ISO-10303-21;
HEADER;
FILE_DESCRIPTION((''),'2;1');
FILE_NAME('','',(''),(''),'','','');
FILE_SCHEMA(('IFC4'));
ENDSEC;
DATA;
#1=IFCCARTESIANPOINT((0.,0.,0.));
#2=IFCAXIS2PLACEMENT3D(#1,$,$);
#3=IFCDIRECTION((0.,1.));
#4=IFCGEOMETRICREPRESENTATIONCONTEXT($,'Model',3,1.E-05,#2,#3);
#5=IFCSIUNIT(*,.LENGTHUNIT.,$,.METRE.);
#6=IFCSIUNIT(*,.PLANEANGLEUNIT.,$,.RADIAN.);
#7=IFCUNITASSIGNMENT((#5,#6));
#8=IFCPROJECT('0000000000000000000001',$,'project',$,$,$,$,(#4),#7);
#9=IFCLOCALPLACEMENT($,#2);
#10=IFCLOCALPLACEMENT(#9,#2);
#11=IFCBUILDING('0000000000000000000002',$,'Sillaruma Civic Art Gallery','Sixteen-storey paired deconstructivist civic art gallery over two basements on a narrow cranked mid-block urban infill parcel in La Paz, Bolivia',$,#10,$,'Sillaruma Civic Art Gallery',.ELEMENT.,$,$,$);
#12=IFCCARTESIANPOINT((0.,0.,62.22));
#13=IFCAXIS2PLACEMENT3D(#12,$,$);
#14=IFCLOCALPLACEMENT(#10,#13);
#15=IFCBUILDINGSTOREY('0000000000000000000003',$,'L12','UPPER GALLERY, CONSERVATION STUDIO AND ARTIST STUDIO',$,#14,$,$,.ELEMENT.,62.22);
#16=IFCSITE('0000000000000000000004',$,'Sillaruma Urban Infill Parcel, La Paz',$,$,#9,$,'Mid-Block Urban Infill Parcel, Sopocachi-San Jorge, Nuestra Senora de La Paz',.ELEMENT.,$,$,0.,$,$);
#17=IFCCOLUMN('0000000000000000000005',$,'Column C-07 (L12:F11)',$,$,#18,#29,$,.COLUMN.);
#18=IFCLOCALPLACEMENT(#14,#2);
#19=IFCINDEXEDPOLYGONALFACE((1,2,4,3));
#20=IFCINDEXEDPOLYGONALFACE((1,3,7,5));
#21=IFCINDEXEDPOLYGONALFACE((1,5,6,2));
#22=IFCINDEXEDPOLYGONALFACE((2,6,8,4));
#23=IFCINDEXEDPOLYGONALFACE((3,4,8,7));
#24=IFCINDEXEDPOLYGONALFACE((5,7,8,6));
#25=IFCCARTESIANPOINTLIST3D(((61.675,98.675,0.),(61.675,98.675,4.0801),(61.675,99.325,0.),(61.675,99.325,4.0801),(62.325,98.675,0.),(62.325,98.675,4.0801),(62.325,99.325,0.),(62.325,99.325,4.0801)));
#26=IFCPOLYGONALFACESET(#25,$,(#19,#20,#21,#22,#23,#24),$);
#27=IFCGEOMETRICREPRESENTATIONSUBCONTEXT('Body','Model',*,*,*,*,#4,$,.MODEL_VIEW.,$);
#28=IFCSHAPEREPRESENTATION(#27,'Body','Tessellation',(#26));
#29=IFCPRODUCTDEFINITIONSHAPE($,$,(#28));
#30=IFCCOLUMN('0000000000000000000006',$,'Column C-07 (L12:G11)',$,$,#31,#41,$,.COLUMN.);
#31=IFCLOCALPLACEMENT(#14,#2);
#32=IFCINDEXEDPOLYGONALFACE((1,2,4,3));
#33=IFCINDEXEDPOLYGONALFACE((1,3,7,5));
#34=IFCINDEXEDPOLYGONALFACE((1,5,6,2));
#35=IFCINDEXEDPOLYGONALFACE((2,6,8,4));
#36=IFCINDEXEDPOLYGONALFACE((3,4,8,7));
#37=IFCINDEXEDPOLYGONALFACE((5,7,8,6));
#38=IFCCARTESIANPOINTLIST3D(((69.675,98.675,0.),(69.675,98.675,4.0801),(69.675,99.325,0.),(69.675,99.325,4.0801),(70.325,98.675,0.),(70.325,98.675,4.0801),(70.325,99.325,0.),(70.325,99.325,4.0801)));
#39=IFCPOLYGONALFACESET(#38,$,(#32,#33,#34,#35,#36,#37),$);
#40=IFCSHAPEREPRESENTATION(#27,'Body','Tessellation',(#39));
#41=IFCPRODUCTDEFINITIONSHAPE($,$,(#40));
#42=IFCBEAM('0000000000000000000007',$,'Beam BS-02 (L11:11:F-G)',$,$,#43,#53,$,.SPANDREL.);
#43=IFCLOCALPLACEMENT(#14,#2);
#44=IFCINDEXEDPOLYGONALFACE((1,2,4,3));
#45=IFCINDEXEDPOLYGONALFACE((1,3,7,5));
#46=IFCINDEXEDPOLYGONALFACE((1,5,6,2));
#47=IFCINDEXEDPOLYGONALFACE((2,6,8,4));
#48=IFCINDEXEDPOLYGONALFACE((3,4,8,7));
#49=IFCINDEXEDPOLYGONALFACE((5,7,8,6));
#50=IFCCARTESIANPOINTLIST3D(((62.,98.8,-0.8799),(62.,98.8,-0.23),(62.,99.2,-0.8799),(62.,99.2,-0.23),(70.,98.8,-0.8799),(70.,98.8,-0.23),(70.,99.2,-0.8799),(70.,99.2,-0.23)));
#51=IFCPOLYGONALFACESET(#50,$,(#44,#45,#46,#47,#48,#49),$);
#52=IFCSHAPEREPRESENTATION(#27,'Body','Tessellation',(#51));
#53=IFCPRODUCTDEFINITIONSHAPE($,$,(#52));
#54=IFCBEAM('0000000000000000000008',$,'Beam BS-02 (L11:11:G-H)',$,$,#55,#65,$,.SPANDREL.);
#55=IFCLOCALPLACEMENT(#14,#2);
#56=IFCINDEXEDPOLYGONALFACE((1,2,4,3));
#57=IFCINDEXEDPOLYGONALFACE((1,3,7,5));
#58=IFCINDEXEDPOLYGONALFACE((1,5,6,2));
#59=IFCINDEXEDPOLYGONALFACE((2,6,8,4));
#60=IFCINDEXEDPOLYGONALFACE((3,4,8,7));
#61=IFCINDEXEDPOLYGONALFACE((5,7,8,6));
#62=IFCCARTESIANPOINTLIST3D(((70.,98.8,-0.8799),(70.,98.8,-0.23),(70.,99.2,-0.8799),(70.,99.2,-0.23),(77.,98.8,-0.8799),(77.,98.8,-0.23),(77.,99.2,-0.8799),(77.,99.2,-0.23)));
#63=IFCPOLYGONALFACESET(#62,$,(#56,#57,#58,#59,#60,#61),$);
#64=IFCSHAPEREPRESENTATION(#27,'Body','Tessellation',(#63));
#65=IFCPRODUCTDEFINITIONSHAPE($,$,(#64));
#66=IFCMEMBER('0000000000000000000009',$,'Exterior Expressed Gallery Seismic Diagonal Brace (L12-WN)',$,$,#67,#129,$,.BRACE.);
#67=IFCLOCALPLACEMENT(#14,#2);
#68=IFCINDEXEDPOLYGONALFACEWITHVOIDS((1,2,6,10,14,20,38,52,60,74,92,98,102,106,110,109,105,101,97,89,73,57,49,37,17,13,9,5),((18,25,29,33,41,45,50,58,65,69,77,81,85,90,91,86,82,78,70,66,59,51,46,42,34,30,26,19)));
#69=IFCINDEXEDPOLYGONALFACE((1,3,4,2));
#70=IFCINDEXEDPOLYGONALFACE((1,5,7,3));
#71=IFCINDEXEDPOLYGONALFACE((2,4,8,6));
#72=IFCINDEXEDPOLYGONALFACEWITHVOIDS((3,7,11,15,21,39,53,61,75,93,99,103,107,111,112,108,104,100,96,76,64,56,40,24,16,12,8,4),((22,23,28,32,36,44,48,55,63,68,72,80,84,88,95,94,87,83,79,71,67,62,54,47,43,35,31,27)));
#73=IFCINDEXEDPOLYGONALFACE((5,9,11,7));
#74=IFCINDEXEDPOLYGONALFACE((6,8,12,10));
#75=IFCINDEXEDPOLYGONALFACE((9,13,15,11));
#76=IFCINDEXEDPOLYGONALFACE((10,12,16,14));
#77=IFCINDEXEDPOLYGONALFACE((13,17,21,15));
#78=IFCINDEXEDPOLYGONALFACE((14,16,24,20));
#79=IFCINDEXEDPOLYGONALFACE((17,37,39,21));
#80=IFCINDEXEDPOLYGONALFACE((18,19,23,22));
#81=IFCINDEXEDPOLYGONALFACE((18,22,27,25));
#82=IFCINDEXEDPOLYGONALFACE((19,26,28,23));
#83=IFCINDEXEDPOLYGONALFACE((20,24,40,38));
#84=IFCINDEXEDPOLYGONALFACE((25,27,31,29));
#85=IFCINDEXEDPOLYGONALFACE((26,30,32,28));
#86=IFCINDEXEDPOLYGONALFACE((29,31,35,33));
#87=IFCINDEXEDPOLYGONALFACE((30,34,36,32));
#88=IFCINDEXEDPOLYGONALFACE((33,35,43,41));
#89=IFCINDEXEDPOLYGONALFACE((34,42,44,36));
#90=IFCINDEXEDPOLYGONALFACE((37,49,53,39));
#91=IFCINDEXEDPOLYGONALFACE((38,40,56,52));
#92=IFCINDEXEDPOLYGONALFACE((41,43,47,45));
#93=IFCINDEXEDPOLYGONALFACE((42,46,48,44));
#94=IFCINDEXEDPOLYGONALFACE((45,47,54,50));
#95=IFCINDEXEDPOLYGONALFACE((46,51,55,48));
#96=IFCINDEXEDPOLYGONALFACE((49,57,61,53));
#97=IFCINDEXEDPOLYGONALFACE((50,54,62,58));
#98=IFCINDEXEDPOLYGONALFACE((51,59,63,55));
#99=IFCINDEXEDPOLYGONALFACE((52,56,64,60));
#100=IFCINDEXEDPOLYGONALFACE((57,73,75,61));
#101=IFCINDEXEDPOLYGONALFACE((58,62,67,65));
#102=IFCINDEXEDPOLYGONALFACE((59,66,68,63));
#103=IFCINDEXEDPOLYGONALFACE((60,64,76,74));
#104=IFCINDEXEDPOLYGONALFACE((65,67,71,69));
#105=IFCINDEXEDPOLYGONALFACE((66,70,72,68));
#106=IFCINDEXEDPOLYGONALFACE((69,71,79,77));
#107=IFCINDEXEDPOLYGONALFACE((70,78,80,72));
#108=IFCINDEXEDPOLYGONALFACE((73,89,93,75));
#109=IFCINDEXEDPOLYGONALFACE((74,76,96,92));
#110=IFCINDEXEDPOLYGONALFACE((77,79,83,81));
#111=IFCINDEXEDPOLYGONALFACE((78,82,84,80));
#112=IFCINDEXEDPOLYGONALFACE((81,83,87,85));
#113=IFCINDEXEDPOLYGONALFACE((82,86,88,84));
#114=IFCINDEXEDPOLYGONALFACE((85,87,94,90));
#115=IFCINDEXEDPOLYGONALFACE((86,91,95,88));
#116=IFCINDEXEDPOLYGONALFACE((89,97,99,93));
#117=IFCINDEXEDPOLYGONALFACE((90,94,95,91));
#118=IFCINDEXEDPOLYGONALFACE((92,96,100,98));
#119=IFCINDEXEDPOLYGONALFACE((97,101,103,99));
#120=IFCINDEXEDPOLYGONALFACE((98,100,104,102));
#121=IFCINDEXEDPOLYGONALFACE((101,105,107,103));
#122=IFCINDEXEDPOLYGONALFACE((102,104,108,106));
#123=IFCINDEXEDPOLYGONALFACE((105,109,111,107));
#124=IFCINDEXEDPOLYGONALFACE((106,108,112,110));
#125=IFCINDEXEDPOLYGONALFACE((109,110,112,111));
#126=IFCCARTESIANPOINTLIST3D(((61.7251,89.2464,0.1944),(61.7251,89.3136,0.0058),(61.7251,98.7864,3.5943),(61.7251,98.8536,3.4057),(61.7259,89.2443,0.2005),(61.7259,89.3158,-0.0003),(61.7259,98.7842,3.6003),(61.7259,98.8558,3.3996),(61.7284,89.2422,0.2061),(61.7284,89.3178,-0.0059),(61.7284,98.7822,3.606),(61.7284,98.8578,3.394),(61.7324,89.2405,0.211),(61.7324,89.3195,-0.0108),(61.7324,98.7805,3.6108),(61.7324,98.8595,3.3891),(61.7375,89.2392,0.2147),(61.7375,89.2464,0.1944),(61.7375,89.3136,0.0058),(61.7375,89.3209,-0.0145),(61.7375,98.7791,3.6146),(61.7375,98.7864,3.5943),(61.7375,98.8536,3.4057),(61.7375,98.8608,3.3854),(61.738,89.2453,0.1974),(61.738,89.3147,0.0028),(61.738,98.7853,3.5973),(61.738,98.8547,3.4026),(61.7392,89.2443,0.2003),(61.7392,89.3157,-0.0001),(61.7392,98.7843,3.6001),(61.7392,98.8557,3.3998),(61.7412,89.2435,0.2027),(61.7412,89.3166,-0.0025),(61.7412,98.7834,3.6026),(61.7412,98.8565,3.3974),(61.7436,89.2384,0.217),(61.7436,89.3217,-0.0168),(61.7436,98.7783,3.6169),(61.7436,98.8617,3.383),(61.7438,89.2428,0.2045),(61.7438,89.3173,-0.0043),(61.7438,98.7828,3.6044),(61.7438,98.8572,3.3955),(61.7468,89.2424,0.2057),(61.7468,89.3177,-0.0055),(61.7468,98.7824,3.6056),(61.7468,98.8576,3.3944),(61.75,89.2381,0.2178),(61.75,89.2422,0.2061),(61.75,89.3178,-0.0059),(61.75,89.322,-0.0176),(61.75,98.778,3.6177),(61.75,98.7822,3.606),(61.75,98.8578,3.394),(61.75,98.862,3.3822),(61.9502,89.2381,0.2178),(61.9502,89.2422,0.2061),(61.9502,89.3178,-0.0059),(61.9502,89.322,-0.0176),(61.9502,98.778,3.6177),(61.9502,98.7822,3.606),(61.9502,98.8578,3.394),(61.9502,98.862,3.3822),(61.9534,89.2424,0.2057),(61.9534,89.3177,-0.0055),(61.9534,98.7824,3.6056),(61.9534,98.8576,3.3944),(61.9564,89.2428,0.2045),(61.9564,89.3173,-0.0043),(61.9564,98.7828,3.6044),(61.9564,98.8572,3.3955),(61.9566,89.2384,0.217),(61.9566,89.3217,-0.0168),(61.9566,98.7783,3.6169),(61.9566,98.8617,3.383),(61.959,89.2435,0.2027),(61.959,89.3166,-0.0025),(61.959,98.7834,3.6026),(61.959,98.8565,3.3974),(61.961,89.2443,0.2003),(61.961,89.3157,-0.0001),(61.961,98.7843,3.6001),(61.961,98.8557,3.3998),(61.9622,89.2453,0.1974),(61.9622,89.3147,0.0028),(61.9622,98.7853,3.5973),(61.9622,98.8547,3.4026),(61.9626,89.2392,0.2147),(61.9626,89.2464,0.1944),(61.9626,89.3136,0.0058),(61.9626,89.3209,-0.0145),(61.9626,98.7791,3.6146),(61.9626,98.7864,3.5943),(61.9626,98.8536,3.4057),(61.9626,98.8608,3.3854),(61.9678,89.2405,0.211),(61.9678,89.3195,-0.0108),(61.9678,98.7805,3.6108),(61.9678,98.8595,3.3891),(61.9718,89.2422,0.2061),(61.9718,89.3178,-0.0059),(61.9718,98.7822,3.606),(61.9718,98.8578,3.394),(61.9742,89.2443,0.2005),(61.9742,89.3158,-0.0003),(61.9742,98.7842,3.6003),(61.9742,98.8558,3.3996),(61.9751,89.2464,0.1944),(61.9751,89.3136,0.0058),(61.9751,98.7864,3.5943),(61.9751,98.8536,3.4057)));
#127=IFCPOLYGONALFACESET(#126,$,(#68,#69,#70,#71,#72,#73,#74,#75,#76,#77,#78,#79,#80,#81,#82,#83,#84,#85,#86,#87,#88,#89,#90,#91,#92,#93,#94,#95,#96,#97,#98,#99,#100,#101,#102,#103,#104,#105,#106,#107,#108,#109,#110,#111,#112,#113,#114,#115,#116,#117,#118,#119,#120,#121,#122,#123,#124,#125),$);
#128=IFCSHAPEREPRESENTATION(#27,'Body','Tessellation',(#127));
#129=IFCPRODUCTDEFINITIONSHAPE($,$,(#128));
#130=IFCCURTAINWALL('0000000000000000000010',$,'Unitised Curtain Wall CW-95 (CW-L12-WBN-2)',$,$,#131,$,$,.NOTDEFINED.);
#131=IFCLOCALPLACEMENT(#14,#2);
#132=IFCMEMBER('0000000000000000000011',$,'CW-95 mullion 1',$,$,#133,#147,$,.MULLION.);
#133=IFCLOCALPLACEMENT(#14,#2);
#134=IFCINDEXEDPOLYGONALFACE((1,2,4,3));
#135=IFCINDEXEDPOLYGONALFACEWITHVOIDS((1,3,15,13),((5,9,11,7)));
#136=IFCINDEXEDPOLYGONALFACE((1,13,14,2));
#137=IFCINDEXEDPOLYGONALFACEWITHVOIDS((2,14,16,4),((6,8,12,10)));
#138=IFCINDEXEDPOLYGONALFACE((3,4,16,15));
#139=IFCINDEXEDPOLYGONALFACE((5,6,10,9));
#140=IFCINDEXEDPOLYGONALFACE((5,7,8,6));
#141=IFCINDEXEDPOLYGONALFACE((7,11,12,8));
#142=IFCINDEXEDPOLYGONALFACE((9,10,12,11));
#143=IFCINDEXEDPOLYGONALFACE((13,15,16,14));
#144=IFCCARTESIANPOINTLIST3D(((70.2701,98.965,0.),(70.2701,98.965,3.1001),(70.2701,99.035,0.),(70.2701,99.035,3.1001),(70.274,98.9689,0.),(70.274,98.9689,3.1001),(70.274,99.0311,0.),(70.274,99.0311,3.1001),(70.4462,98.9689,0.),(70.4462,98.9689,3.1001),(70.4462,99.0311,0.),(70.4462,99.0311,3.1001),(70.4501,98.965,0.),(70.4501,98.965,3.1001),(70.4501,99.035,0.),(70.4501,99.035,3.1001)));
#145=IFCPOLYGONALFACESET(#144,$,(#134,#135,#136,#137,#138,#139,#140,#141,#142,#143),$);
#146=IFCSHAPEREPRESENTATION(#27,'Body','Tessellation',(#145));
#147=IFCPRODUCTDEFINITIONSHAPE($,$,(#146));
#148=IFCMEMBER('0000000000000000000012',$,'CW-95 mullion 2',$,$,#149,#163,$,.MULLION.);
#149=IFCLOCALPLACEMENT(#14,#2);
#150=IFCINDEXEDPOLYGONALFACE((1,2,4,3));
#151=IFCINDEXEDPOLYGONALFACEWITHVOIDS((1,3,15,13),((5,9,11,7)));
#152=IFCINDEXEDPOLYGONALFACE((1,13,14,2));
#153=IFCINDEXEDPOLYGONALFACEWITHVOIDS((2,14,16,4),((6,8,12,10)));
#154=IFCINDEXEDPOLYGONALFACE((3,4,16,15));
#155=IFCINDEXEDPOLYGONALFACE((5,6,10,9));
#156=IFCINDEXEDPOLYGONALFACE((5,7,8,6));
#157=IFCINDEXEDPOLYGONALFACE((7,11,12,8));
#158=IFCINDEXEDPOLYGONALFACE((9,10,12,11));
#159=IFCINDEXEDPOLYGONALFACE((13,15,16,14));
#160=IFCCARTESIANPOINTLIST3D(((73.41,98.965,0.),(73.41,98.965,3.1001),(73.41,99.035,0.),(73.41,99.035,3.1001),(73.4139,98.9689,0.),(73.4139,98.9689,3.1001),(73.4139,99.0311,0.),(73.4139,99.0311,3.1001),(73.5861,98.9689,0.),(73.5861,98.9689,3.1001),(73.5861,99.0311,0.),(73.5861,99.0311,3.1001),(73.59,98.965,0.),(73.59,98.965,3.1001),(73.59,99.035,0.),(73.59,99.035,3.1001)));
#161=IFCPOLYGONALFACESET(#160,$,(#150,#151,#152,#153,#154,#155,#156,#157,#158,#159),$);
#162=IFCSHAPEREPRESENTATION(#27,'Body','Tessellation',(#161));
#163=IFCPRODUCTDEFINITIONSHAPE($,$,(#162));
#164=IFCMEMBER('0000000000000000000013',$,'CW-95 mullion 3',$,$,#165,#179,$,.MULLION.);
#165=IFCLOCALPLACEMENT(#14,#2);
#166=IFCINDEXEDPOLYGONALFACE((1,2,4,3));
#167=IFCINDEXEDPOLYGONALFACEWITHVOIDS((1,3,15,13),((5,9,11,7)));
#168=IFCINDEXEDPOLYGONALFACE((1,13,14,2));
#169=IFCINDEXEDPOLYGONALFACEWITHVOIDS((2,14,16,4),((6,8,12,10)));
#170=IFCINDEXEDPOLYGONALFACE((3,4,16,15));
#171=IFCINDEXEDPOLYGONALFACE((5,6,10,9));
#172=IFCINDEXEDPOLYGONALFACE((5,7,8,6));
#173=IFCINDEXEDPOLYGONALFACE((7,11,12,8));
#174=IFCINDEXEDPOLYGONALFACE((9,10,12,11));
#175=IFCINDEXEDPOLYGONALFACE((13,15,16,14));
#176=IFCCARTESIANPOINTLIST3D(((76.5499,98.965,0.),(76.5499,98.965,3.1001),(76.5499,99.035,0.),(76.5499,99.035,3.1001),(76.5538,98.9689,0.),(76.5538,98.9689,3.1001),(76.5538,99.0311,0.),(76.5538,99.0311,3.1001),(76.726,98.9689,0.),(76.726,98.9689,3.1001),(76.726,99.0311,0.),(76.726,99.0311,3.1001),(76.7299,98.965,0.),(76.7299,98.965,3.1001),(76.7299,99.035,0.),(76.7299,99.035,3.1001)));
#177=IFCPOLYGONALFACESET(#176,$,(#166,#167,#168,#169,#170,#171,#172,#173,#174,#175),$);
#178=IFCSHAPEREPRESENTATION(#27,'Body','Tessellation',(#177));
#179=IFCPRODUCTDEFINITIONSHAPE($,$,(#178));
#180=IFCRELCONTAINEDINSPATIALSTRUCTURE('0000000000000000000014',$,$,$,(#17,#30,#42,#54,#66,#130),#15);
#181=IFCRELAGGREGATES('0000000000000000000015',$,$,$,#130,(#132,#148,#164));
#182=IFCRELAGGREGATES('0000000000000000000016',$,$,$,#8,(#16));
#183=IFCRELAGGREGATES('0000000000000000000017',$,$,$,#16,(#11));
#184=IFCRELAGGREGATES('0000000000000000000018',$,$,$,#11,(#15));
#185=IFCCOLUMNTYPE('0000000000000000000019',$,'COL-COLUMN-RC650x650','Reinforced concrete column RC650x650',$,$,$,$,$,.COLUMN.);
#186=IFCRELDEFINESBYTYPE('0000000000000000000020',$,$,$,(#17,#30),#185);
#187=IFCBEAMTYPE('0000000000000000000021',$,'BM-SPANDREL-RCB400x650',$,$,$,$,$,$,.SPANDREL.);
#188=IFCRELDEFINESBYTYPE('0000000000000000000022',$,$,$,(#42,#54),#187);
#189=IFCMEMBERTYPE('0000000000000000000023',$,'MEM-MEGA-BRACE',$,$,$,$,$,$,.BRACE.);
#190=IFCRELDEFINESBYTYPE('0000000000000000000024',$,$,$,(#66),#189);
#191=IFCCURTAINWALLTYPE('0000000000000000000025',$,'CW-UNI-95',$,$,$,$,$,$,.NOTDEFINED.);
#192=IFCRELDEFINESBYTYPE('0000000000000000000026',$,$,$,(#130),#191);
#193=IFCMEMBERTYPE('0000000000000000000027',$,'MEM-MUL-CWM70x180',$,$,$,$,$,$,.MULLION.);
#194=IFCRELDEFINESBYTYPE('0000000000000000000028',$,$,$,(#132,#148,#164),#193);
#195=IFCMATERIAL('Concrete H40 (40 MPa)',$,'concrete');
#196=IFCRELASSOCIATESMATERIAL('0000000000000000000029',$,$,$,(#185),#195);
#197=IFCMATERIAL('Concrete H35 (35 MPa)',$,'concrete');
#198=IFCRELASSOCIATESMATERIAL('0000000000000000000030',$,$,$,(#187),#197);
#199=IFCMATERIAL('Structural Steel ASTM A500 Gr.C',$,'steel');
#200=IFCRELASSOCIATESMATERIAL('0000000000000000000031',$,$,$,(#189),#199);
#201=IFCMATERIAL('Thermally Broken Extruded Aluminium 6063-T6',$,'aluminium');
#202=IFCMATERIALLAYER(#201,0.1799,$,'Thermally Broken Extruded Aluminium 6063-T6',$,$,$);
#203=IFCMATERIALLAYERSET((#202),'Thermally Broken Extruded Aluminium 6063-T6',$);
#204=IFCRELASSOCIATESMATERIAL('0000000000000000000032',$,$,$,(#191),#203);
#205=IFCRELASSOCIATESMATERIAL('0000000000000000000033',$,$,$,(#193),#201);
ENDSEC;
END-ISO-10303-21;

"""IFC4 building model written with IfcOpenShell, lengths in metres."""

from ifc_helpers import new_model, si_unit, direction, frame, origin, origin_2d, place, context, subcontext, project, spatial, rectangle, hollow_rectangle, extrude, material, layer, layer_set, material_profile, profile_set, type_object, element, aggregate, save


model = new_model("IFC4")

# Units and contexts
model_context = context("Model", 3, precision=1e-05, world=origin(), true_north=direction((0.0, 1.0)))
body_context = subcontext(model_context, "Body", "Model", "MODEL_VIEW")
ifc_project = project(units=[si_unit("LENGTHUNIT", "METRE"), si_unit("PLANEANGLEUNIT", "RADIAN")], contexts=[model_context])

# Site, building, storey
site_placement = place(None, origin())
site = spatial("IfcSite", under=ifc_project, at=site_placement, Name="Sillaruma Urban Infill Parcel, La Paz", LongName="Mid-Block Urban Infill Parcel, Sopocachi-San Jorge, Nuestra Senora de La Paz", CompositionType="ELEMENT", RefElevation=0.0)
building_placement = place(site_placement, origin())
building = spatial("IfcBuilding", under=site, at=building_placement, Name="Sillaruma Civic Art Gallery", Description="Sixteen-storey paired deconstructivist civic art gallery over two basements on a narrow cranked mid-block urban infill parcel in La Paz, Bolivia", LongName="Sillaruma Civic Art Gallery", CompositionType="ELEMENT")
storey_placement = place(building_placement, frame((0.0, 0.0, 62.22)))
storey = spatial("IfcBuildingStorey", under=building, at=storey_placement, Name="L12", Description="UPPER GALLERY, CONSERVATION STUDIO AND ARTIST STUDIO", CompositionType="ELEMENT", Elevation=62.22)

# Columns
ifc_material_1 = material(Name="Concrete H40 (40 MPa)", Category="concrete")
ifc_material_profile_1 = material_profile(ifc_material_1, rectangle(XDim=0.6499, YDim=0.6499, at=origin_2d()), Name="RC650x650")
ifc_profile_set_1 = profile_set([ifc_material_profile_1], Name="Concrete H40 (40 MPa)")
column_type = type_object("IfcColumnType", Name="COL-COLUMN-RC650x650", Description="Reinforced concrete column RC650x650", PredefinedType="COLUMN", material=ifc_profile_set_1)
for number, where, z_axis, x_axis, name in (
    (1, (62.0, 99.0, 0.0), (0.0, 0.0, 1.0), (1.0, 0.0, 0.0), "Column C-07 (L12:F11)"),
    (2, (70.0, 99.0, 0.0), (0.0, 0.0, 1.0), (1.0, 0.0, 0.0), "Column C-07 (L12:G11)"),
):
    element("IfcColumn", number, at=place(storey_placement, frame(where, z_axis=z_axis, x_axis=x_axis)), inside=storey, type_object=column_type, Name=name, PredefinedType="COLUMN", context=body_context, shape_type="SweptSolid", body=[
        extrude(rectangle(XDim=0.6499, YDim=0.6499, at=origin_2d()), origin(), (0.0, 0.0, 1.0), 4.0801),
    ])

# Beams
ifc_material_2 = material(Name="Concrete H35 (35 MPa)", Category="concrete")
ifc_material_profile_2 = material_profile(ifc_material_2, rectangle(XDim=0.3999, YDim=0.6499, at=origin_2d()), Name="RCB400x650")
ifc_profile_set_2 = profile_set([ifc_material_profile_2], Name="Concrete H35 (35 MPa)")
beam_type = type_object("IfcBeamType", Name="BM-SPANDREL-RCB400x650", PredefinedType="SPANDREL", material=ifc_profile_set_2)
beam_1_placement = place(storey_placement, frame((62.0, 99.0, -0.5549), z_axis=(1.0, 0.0, 0.0), x_axis=(0.0, 1.0, 0.0)))
element("IfcBeam", 3, at=beam_1_placement, inside=storey, type_object=beam_type, Name="Beam BS-02 (L11:11:F-G)", PredefinedType="SPANDREL", context=body_context, shape_type="SweptSolid", body=[
    extrude(rectangle(XDim=0.3999, YDim=0.6499, at=origin_2d()), origin(), (0.0, 0.0, 1.0), 8.0),
])
beam_2_placement = place(storey_placement, frame((70.0, 99.0, -0.5549), z_axis=(1.0, 0.0, 0.0), x_axis=(0.0, 1.0, 0.0)))
element("IfcBeam", 4, at=beam_2_placement, inside=storey, type_object=beam_type, Name="Beam BS-02 (L11:11:G-H)", PredefinedType="SPANDREL", context=body_context, shape_type="SweptSolid", body=[
    extrude(rectangle(XDim=0.3999, YDim=0.6499, at=origin_2d()), origin(), (0.0, 0.0, 1.0), 7.0),
])

# Member
ifc_material_3 = material(Name="Structural Steel ASTM A500 Gr.C", Category="steel")
ifc_material_profile_3 = material_profile(ifc_material_3, hollow_rectangle(XDim=0.25, YDim=0.25, WallThickness=0.0125, InnerFilletRadius=0.0125, OuterFilletRadius=0.0249, at=origin_2d()), Name="HSS250x250x12.5")
ifc_profile_set_3 = profile_set([ifc_material_profile_3], Name="Structural Steel ASTM A500 Gr.C")
member_type_1 = type_object("IfcMemberType", Name="MEM-MEGA-BRACE", PredefinedType="BRACE", material=ifc_profile_set_3)
member_1_placement = place(storey_placement, frame((61.8501, 89.28, 0.1001), z_axis=(0.0, 0.941969, 0.335701), x_axis=(-1.0, 0.0, 0.0)))
element("IfcMember", 5, at=member_1_placement, inside=storey, type_object=member_type_1, Name="Exterior Expressed Gallery Seismic Diagonal Brace (L12-WN)", PredefinedType="BRACE", context=body_context, shape_type="SweptSolid", body=[
    extrude(hollow_rectangle(XDim=0.25, YDim=0.25, WallThickness=0.0125, InnerFilletRadius=0.0125, OuterFilletRadius=0.0249, at=origin_2d()), origin(), (0.0, 0.0, 1.0), 10.1277),
])

# Curtain wall, members
ifc_material_4 = material(Name="Thermally Broken Extruded Aluminium 6063-T6", Category="aluminium")
ifc_layer_1 = layer(ifc_material_4, 0.1799, Name="Thermally Broken Extruded Aluminium 6063-T6")
ifc_layer_set_1 = layer_set([ifc_layer_1], Name="Thermally Broken Extruded Aluminium 6063-T6")
curtain_wall_type = type_object("IfcCurtainWallType", Name="CW-UNI-95", PredefinedType="NOTDEFINED", material=ifc_layer_set_1)
curtain_wall_placement = place(storey_placement, origin())
curtain_wall = element("IfcCurtainWall", 6, at=curtain_wall_placement, inside=storey, type_object=curtain_wall_type, Name="Unitised Curtain Wall CW-95 (CW-L12-WBN-2)", PredefinedType="NOTDEFINED")
ifc_material_profile_4 = material_profile(ifc_material_4, hollow_rectangle(XDim=0.0701, YDim=0.1799, WallThickness=0.0039, at=origin_2d()), Name="CWM70x180")
ifc_profile_set_4 = profile_set([ifc_material_profile_4], Name="Thermally Broken Extruded Aluminium 6063-T6")
member_type_2 = type_object("IfcMemberType", Name="MEM-MUL-CWM70x180", PredefinedType="MULLION", material=ifc_profile_set_4)
member_2_placement = place(storey_placement, frame((70.3601, 99.0, 0.0), z_axis=(0.0, 0.0, 1.0), x_axis=(0.0, 1.0, 0.0)))
member_2 = element("IfcMember", 7, at=member_2_placement, type_object=member_type_2, Name="CW-95 mullion 1", PredefinedType="MULLION", context=body_context, shape_type="SweptSolid", body=[
    extrude(hollow_rectangle(XDim=0.0701, YDim=0.1799, WallThickness=0.0039, at=origin_2d()), origin(), (0.0, 0.0, 1.0), 3.1001),
])
member_3_placement = place(storey_placement, frame((73.5, 99.0, 0.0), z_axis=(0.0, 0.0, 1.0), x_axis=(0.0, 1.0, 0.0)))
member_3 = element("IfcMember", 8, at=member_3_placement, type_object=member_type_2, Name="CW-95 mullion 2", PredefinedType="MULLION", context=body_context, shape_type="SweptSolid", body=[
    extrude(hollow_rectangle(XDim=0.0701, YDim=0.1799, WallThickness=0.0039, at=origin_2d()), origin(), (0.0, 0.0, 1.0), 3.1001),
])
member_4_placement = place(storey_placement, frame((76.6399, 99.0, 0.0), z_axis=(0.0, 0.0, 1.0), x_axis=(0.0, 1.0, 0.0)))
member_4 = element("IfcMember", 9, at=member_4_placement, type_object=member_type_2, Name="CW-95 mullion 3", PredefinedType="MULLION", context=body_context, shape_type="SweptSolid", body=[
    extrude(hollow_rectangle(XDim=0.0701, YDim=0.1799, WallThickness=0.0039, at=origin_2d()), origin(), (0.0, 0.0, 1.0), 3.1001),
])
aggregate(curtain_wall, [member_2, member_3, member_4])

save(model, "model.ifc")
